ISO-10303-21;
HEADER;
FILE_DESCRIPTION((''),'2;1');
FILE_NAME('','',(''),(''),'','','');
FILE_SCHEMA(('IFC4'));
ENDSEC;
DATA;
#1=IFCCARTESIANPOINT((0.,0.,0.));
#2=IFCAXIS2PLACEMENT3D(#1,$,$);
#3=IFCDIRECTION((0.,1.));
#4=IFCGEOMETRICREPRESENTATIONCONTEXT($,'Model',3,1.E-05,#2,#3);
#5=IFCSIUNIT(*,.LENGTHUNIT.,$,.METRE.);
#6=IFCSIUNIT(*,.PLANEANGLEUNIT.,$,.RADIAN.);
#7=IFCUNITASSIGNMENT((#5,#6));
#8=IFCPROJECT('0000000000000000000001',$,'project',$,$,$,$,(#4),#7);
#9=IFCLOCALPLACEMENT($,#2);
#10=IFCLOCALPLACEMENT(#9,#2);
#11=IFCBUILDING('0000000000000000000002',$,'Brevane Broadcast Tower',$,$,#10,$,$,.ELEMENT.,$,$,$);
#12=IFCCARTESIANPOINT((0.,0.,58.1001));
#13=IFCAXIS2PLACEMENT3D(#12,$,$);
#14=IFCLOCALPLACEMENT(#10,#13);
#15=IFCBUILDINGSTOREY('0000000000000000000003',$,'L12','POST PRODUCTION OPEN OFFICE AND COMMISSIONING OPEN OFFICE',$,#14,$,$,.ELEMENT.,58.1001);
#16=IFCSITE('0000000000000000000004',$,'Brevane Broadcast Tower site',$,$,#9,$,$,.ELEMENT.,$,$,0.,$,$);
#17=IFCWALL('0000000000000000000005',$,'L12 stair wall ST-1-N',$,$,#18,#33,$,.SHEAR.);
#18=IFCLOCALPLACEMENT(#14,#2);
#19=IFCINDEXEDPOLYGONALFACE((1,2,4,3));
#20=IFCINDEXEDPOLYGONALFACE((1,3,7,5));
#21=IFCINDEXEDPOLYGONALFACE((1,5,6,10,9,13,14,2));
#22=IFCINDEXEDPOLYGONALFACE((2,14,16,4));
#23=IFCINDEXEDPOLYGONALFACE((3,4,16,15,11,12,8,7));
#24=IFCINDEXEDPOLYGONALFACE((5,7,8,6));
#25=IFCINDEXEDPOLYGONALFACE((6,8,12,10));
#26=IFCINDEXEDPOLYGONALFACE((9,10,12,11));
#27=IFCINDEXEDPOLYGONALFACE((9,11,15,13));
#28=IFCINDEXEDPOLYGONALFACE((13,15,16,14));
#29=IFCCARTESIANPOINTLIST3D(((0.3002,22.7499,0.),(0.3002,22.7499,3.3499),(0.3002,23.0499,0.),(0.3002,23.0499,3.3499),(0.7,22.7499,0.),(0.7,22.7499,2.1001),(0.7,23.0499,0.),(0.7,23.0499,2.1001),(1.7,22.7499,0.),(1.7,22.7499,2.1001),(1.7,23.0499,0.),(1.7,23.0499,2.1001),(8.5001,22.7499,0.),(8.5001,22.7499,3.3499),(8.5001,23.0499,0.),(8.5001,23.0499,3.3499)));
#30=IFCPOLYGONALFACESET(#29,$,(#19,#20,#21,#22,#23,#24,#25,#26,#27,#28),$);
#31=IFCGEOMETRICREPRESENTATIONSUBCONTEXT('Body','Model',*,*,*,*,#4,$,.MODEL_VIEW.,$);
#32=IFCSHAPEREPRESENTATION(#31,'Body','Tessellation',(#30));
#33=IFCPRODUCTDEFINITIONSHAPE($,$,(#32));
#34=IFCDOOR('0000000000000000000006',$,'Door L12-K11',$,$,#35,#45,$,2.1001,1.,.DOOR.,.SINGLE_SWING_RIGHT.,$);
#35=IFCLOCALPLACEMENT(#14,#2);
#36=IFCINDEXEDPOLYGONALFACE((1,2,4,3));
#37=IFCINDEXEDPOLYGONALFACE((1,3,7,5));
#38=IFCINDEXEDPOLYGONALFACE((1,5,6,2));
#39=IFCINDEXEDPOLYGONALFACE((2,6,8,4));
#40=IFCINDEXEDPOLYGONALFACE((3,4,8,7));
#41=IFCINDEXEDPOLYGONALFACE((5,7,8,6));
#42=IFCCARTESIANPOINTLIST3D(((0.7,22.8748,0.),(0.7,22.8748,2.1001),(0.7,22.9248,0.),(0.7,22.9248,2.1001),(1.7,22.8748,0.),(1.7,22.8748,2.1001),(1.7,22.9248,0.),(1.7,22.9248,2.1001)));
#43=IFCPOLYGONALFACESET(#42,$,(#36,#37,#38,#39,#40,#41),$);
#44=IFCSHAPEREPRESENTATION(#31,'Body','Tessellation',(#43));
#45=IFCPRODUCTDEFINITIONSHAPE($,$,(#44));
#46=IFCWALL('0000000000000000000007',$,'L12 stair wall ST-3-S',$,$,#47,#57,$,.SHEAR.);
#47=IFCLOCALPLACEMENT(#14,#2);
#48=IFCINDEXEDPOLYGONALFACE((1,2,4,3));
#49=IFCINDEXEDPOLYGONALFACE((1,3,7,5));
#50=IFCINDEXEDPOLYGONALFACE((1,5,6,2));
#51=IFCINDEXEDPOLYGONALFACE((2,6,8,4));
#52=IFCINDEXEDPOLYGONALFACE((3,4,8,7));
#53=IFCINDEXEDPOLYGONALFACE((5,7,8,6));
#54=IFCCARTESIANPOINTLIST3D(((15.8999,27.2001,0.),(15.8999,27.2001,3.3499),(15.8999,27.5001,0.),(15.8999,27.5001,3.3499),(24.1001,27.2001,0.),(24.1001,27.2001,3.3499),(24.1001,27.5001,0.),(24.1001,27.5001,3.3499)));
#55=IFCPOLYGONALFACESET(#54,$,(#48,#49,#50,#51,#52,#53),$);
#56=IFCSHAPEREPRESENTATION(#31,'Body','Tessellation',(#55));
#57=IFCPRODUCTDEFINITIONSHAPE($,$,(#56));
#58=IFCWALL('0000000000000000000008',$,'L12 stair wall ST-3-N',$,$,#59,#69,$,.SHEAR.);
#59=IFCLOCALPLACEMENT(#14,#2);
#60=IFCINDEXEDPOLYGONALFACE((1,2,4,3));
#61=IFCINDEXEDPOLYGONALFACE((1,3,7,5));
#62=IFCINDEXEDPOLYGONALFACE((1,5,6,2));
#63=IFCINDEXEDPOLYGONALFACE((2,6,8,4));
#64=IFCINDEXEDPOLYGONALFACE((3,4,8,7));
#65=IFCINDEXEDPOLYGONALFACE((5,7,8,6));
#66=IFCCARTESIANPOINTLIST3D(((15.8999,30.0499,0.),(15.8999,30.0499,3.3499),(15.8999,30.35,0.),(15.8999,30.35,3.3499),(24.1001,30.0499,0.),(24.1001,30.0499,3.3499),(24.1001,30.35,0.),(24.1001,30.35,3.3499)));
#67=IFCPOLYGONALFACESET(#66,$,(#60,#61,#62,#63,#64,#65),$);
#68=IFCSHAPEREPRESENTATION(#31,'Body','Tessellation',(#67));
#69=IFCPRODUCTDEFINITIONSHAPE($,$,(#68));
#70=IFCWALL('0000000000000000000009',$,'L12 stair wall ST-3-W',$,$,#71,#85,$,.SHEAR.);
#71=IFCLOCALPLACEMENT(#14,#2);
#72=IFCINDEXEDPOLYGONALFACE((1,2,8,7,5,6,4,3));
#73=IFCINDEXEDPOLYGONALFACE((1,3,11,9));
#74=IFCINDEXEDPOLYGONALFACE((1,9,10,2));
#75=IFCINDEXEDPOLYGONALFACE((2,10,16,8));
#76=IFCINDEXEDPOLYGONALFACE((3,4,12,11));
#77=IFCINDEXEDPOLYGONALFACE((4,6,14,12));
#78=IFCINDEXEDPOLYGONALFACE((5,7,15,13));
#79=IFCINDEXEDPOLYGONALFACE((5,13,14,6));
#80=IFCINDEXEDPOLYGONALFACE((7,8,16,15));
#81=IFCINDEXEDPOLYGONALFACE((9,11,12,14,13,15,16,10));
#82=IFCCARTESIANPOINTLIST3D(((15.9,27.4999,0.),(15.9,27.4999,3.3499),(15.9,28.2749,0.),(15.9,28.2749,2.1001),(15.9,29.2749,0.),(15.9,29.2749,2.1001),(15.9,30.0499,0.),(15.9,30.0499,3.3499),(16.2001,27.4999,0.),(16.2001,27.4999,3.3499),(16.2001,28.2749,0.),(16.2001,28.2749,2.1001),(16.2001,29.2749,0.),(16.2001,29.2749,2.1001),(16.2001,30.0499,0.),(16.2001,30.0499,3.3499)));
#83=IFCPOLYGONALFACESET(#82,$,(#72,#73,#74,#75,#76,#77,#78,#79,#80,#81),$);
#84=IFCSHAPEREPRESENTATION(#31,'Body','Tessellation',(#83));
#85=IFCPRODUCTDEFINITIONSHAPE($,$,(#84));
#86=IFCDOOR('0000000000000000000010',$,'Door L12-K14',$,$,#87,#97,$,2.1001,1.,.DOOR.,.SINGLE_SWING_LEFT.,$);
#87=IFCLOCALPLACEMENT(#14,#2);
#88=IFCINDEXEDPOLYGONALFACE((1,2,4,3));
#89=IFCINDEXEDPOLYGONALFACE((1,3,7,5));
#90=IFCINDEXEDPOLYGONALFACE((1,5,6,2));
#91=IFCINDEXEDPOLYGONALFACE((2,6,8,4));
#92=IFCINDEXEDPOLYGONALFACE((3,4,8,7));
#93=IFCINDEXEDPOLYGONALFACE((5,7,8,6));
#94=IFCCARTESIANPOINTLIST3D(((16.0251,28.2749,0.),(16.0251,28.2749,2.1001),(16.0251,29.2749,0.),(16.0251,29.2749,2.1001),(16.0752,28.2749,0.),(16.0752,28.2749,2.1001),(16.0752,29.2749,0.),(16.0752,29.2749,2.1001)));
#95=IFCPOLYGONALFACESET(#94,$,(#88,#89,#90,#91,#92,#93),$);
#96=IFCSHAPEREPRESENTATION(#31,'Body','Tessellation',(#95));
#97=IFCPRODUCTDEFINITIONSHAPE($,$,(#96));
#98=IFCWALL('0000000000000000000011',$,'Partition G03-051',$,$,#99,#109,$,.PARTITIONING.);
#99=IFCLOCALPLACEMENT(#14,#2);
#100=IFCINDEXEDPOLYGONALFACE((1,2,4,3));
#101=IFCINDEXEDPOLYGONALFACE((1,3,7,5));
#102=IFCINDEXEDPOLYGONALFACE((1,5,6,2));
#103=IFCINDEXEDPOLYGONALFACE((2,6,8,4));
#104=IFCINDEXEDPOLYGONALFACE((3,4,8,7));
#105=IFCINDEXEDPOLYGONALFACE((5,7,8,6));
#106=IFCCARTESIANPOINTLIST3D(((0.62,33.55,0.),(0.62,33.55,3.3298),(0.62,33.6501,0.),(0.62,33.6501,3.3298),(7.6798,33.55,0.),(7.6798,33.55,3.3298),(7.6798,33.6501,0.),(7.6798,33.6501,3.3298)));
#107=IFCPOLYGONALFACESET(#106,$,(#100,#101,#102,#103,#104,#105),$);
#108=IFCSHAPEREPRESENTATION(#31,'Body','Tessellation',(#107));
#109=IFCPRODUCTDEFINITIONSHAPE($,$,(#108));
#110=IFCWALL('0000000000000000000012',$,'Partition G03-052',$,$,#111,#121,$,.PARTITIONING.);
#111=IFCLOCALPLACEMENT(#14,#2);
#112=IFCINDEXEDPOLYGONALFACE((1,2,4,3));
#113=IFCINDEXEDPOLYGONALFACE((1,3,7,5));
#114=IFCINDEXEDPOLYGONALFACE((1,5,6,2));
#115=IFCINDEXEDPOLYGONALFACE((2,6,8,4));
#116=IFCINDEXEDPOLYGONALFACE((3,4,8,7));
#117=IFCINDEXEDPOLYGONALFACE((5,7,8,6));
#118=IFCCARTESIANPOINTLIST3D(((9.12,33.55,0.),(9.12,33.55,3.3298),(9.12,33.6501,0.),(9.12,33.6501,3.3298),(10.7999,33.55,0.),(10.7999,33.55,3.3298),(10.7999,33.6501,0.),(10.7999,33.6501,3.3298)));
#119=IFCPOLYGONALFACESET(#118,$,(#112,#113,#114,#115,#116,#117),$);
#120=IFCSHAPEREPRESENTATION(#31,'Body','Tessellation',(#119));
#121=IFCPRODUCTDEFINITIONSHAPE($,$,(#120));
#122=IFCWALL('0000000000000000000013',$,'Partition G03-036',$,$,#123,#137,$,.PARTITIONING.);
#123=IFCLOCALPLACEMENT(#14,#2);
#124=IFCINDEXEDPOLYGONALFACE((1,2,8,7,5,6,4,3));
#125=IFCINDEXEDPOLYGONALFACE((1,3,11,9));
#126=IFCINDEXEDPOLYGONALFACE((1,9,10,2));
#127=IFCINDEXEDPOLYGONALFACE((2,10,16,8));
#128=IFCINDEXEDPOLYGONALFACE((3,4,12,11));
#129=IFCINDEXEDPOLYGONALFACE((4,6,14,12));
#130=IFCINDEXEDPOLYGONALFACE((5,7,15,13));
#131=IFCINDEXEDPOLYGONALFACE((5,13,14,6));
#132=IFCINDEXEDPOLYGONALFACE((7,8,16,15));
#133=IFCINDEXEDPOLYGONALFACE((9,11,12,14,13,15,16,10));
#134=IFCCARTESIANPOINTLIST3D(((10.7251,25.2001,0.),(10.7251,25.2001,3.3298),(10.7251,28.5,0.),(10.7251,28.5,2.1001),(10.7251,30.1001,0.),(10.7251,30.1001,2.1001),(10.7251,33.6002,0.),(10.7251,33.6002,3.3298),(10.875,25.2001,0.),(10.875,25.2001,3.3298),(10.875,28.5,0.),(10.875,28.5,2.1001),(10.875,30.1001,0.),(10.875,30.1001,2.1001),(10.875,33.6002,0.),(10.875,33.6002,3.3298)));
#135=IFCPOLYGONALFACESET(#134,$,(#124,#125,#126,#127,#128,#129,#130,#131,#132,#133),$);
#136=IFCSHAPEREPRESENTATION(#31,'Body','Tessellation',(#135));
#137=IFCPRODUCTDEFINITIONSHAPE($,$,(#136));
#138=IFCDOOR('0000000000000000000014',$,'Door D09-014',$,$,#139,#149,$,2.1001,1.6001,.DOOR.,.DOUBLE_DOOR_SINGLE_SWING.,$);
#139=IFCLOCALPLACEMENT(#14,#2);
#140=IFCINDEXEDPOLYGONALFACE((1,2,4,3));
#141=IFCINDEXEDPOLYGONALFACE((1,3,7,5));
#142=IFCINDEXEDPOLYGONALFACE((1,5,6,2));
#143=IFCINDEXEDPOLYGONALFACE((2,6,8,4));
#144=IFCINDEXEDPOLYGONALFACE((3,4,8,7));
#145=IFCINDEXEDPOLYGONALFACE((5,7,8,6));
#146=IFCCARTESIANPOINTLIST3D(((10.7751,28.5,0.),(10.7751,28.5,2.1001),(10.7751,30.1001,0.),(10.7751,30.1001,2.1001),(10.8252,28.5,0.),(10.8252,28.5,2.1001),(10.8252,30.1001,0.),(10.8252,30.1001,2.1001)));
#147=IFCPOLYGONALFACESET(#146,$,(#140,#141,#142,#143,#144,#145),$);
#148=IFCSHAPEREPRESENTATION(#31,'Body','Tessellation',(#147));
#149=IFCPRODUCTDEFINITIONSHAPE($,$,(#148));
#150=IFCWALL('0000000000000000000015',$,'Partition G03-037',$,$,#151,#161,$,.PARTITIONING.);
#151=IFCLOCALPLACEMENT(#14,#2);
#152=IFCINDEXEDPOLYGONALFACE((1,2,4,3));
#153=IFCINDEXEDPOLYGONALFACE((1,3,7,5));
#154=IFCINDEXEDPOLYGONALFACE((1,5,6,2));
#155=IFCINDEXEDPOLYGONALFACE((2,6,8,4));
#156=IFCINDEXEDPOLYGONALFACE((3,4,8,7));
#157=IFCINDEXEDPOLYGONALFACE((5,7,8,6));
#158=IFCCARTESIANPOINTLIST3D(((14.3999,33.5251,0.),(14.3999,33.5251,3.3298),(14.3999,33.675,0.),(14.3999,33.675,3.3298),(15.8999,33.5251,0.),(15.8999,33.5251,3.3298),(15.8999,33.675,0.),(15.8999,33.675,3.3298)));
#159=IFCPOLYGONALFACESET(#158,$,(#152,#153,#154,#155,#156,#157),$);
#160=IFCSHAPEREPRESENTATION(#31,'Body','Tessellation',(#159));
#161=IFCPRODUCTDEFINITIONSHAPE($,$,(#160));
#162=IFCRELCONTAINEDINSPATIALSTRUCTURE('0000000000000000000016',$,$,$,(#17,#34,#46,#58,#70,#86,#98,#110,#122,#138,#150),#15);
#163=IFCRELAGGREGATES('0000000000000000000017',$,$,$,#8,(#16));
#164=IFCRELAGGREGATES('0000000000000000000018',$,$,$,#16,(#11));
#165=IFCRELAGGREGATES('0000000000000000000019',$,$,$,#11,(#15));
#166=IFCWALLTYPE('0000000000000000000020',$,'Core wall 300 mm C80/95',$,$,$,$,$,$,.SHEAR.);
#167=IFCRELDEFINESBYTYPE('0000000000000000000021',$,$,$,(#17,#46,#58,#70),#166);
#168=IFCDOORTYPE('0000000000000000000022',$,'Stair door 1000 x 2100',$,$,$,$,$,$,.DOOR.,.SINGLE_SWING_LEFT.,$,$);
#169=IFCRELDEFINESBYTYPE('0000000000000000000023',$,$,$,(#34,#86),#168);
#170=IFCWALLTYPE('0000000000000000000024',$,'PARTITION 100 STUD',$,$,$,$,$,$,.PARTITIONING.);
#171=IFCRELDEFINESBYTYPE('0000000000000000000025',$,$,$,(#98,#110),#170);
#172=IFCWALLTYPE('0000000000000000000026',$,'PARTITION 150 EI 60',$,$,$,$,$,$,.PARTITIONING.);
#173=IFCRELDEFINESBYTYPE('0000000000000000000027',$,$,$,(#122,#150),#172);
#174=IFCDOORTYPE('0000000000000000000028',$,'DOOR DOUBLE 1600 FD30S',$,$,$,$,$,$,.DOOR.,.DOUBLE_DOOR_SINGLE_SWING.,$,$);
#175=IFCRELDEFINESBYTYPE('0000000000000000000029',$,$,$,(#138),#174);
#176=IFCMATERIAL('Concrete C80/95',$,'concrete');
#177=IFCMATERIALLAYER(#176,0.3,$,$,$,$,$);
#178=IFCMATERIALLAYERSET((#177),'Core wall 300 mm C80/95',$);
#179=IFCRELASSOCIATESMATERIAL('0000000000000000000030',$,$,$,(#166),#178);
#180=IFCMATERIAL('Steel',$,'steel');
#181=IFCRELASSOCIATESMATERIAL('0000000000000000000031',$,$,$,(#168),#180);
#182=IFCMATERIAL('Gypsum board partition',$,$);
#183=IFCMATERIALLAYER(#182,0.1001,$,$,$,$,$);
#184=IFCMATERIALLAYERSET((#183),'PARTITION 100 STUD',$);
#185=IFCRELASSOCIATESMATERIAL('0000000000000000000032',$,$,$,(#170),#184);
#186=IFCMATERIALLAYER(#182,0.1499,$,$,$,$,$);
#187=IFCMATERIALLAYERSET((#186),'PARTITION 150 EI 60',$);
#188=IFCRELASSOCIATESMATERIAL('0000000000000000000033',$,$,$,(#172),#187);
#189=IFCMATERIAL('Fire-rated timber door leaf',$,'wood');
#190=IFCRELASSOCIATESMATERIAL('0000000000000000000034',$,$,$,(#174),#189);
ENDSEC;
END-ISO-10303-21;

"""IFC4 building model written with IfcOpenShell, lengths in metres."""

from ifc_helpers import new_model, si_unit, direction, frame, frame_2d, origin, place, context, subcontext, project, spatial, rectangle, extrude, material, layer, layer_set, type_object, element, fill, save


model = new_model("IFC4")

# Units and contexts
model_context = context("Model", 3, precision=1e-05, world=origin(), true_north=direction((0.0, 1.0)))
body_context = subcontext(model_context, "Body", "Model", "MODEL_VIEW")
ifc_project = project(units=[si_unit("LENGTHUNIT", "METRE"), si_unit("PLANEANGLEUNIT", "RADIAN")], contexts=[model_context])

# Site, building, storey
site_placement = place(None, origin())
site = spatial("IfcSite", under=ifc_project, at=site_placement, Name="Brevane Broadcast Tower site", CompositionType="ELEMENT", RefElevation=0.0)
building_placement = place(site_placement, origin())
building = spatial("IfcBuilding", under=site, at=building_placement, Name="Brevane Broadcast Tower", CompositionType="ELEMENT")
storey_placement = place(building_placement, frame((0.0, 0.0, 58.1001)))
storey = spatial("IfcBuildingStorey", under=building, at=storey_placement, Name="L12", Description="POST PRODUCTION OPEN OFFICE AND COMMISSIONING OPEN OFFICE", CompositionType="ELEMENT", Elevation=58.1001)

# Shared definitions
ifc_material_1 = material(Name="Concrete C80/95", Category="concrete")

# Wall, opening, door
ifc_layer_1 = layer(ifc_material_1, 0.3)
ifc_layer_set_1 = layer_set([ifc_layer_1], Name="Core wall 300 mm C80/95")
wall_type_1 = type_object("IfcWallType", Name="Core wall 300 mm C80/95", PredefinedType="SHEAR", material=ifc_layer_set_1)
wall_1_placement = place(storey_placement, frame((0.3, 22.8999, 0.0), z_axis=(0.0, 0.0, 1.0), x_axis=(1.0, 0.0, 0.0)))
wall_1 = element("IfcWall", 1, at=wall_1_placement, inside=storey, type_object=wall_type_1, Name="L12 stair wall ST-1-N", PredefinedType="SHEAR", context=body_context, shape_type="SweptSolid", body=[
    extrude(rectangle(XDim=8.2, YDim=0.3, at=frame_2d((4.1001, 0.0))), origin(), (0.0, 0.0, 1.0), 3.3499),
])
opening_1_placement = place(wall_1_placement, frame((0.3999, 0.0, 0.0)))
opening_1 = element("IfcOpeningElement", 2, at=opening_1_placement, cuts=wall_1, PredefinedType="OPENING", context=body_context, shape_type="SweptSolid", body=[
    extrude(rectangle(XDim=1.0, YDim=2.1001, at=frame_2d((0.5, 1.05))), frame((0.0, 0.1599, 0.0), z_axis=(0.0, -1.0, 0.0), x_axis=(1.0, 0.0, 0.0)), (0.0, 0.0, 1.0), 0.3201),
])
ifc_material_2 = material(Name="Steel", Category="steel")
door_type_1 = type_object("IfcDoorType", Name="Stair door 1000 x 2100", OperationType="SINGLE_SWING_LEFT", PredefinedType="DOOR", material=ifc_material_2)
door_1_placement = place(opening_1_placement, origin())
door_1 = element("IfcDoor", 3, at=door_1_placement, inside=storey, type_object=door_type_1, Name="Door L12-K11", OperationType="SINGLE_SWING_RIGHT", OverallHeight=2.1001, OverallWidth=1.0, PredefinedType="DOOR", context=body_context, shape_type="SweptSolid", body=[
    extrude(rectangle(XDim=1.0, YDim=2.1001, at=frame_2d((0.5, 1.05))), frame((0.0, 0.0249, 0.0), z_axis=(0.0, -1.0, 0.0), x_axis=(1.0, 0.0, 0.0)), (0.0, 0.0, 1.0), 0.05),
])
fill(opening_1, door_1)

# Walls
for number, where, z_axis, x_axis, name in (
    (4, (15.8999, 27.3501, 0.0), (0.0, 0.0, 1.0), (1.0, 0.0, 0.0), "L12 stair wall ST-3-S"),
    (5, (15.8999, 30.2, 0.0), (0.0, 0.0, 1.0), (1.0, 0.0, 0.0), "L12 stair wall ST-3-N"),
):
    element("IfcWall", number, at=place(storey_placement, frame(where, z_axis=z_axis, x_axis=x_axis)), inside=storey, type_object=wall_type_1, Name=name, PredefinedType="SHEAR", context=body_context, shape_type="SweptSolid", body=[
        extrude(rectangle(XDim=8.2002, YDim=0.3, at=frame_2d((4.1001, 0.0))), origin(), (0.0, 0.0, 1.0), 3.3499),
    ])

# Wall, opening, door
wall_2_placement = place(storey_placement, frame((16.05, 27.5, 0.0), z_axis=(0.0, 0.0, 1.0), x_axis=(0.0, 1.0, 0.0)))
wall_2 = element("IfcWall", 6, at=wall_2_placement, inside=storey, type_object=wall_type_1, Name="L12 stair wall ST-3-W", PredefinedType="SHEAR", context=body_context, shape_type="SweptSolid", body=[
    extrude(rectangle(XDim=2.55, YDim=0.3, at=frame_2d((1.2749, 0.0))), origin(), (0.0, 0.0, 1.0), 3.3499),
])
opening_2_placement = place(wall_2_placement, frame((0.7749, 0.0, 0.0)))
opening_2 = element("IfcOpeningElement", 7, at=opening_2_placement, cuts=wall_2, PredefinedType="OPENING", context=body_context, shape_type="SweptSolid", body=[
    extrude(rectangle(XDim=1.0, YDim=2.1001, at=frame_2d((0.5, 1.05))), frame((0.0, 0.1599, 0.0), z_axis=(0.0, -1.0, 0.0), x_axis=(1.0, 0.0, 0.0)), (0.0, 0.0, 1.0), 0.3201),
])
door_2_placement = place(opening_2_placement, origin())
door_2 = element("IfcDoor", 8, at=door_2_placement, inside=storey, type_object=door_type_1, Name="Door L12-K14", OperationType="SINGLE_SWING_LEFT", OverallHeight=2.1001, OverallWidth=1.0, PredefinedType="DOOR", context=body_context, shape_type="SweptSolid", body=[
    extrude(rectangle(XDim=1.0, YDim=2.1001, at=frame_2d((0.5, 1.05))), frame((0.0, 0.0249, 0.0), z_axis=(0.0, -1.0, 0.0), x_axis=(1.0, 0.0, 0.0)), (0.0, 0.0, 1.0), 0.05),
])
fill(opening_2, door_2)

# Walls
ifc_material_3 = material(Name="Gypsum board partition")
ifc_layer_2 = layer(ifc_material_3, 0.1001)
ifc_layer_set_2 = layer_set([ifc_layer_2], Name="PARTITION 100 STUD")
wall_type_2 = type_object("IfcWallType", Name="PARTITION 100 STUD", PredefinedType="PARTITIONING", material=ifc_layer_set_2)
wall_3_placement = place(storey_placement, frame((0.6201, 33.6001, 0.0), z_axis=(0.0, 0.0, 1.0), x_axis=(1.0, 0.0, 0.0)))
element("IfcWall", 9, at=wall_3_placement, inside=storey, type_object=wall_type_2, Name="Partition G03-051", PredefinedType="PARTITIONING", context=body_context, shape_type="SweptSolid", body=[
    extrude(rectangle(XDim=7.0598, YDim=0.1001, at=frame_2d((3.5298, 0.0))), origin(), (0.0, 0.0, 1.0), 3.3298),
])
wall_4_placement = place(storey_placement, frame((9.1201, 33.6001, 0.0), z_axis=(0.0, 0.0, 1.0), x_axis=(1.0, 0.0, 0.0)))
element("IfcWall", 10, at=wall_4_placement, inside=storey, type_object=wall_type_2, Name="Partition G03-052", PredefinedType="PARTITIONING", context=body_context, shape_type="SweptSolid", body=[
    extrude(rectangle(XDim=1.6799, YDim=0.1001, at=frame_2d((0.8398, 0.0))), origin(), (0.0, 0.0, 1.0), 3.3298),
])

# Wall, opening, door
ifc_layer_3 = layer(ifc_material_3, 0.1499)
ifc_layer_set_3 = layer_set([ifc_layer_3], Name="PARTITION 150 EI 60")
wall_type_3 = type_object("IfcWallType", Name="PARTITION 150 EI 60", PredefinedType="PARTITIONING", material=ifc_layer_set_3)
wall_5_placement = place(storey_placement, frame((10.8, 25.2, 0.0), z_axis=(0.0, 0.0, 1.0), x_axis=(0.0, 1.0, 0.0)))
wall_5 = element("IfcWall", 11, at=wall_5_placement, inside=storey, type_object=wall_type_3, Name="Partition G03-036", PredefinedType="PARTITIONING", context=body_context, shape_type="SweptSolid", body=[
    extrude(rectangle(XDim=8.4001, YDim=0.1499, at=frame_2d((4.2002, 0.0))), origin(), (0.0, 0.0, 1.0), 3.3298),
])
opening_3_placement = place(wall_5_placement, frame((3.3, 0.0, 0.0)))
opening_3 = element("IfcOpeningElement", 12, at=opening_3_placement, cuts=wall_5, PredefinedType="OPENING", context=body_context, shape_type="SweptSolid", body=[
    extrude(rectangle(XDim=1.6001, YDim=2.1001, at=frame_2d((0.8, 1.05))), frame((0.0, 0.085, 0.0), z_axis=(0.0, -1.0, 0.0), x_axis=(1.0, 0.0, 0.0)), (0.0, 0.0, 1.0), 0.1699),
])
ifc_material_4 = material(Name="Fire-rated timber door leaf", Category="wood")
door_type_2 = type_object("IfcDoorType", Name="DOOR DOUBLE 1600 FD30S", OperationType="DOUBLE_DOOR_SINGLE_SWING", PredefinedType="DOOR", material=ifc_material_4)
door_3_placement = place(opening_3_placement, origin())
door_3 = element("IfcDoor", 13, at=door_3_placement, inside=storey, type_object=door_type_2, Name="Door D09-014", OperationType="DOUBLE_DOOR_SINGLE_SWING", OverallHeight=2.1001, OverallWidth=1.6001, PredefinedType="DOOR", context=body_context, shape_type="SweptSolid", body=[
    extrude(rectangle(XDim=1.6001, YDim=2.1001, at=frame_2d((0.8, 1.05))), frame((0.0, 0.0249, 0.0), z_axis=(0.0, -1.0, 0.0), x_axis=(1.0, 0.0, 0.0)), (0.0, 0.0, 1.0), 0.05),
])
fill(opening_3, door_3)

# Wall
wall_6_placement = place(storey_placement, frame((14.3999, 33.6001, 0.0), z_axis=(0.0, 0.0, 1.0), x_axis=(1.0, 0.0, 0.0)))
element("IfcWall", 14, at=wall_6_placement, inside=storey, type_object=wall_type_3, Name="Partition G03-037", PredefinedType="PARTITIONING", context=body_context, shape_type="SweptSolid", body=[
    extrude(rectangle(XDim=1.5, YDim=0.1499, at=frame_2d((0.75, 0.0))), origin(), (0.0, 0.0, 1.0), 3.3298),
])

save(model, "model.ifc")
